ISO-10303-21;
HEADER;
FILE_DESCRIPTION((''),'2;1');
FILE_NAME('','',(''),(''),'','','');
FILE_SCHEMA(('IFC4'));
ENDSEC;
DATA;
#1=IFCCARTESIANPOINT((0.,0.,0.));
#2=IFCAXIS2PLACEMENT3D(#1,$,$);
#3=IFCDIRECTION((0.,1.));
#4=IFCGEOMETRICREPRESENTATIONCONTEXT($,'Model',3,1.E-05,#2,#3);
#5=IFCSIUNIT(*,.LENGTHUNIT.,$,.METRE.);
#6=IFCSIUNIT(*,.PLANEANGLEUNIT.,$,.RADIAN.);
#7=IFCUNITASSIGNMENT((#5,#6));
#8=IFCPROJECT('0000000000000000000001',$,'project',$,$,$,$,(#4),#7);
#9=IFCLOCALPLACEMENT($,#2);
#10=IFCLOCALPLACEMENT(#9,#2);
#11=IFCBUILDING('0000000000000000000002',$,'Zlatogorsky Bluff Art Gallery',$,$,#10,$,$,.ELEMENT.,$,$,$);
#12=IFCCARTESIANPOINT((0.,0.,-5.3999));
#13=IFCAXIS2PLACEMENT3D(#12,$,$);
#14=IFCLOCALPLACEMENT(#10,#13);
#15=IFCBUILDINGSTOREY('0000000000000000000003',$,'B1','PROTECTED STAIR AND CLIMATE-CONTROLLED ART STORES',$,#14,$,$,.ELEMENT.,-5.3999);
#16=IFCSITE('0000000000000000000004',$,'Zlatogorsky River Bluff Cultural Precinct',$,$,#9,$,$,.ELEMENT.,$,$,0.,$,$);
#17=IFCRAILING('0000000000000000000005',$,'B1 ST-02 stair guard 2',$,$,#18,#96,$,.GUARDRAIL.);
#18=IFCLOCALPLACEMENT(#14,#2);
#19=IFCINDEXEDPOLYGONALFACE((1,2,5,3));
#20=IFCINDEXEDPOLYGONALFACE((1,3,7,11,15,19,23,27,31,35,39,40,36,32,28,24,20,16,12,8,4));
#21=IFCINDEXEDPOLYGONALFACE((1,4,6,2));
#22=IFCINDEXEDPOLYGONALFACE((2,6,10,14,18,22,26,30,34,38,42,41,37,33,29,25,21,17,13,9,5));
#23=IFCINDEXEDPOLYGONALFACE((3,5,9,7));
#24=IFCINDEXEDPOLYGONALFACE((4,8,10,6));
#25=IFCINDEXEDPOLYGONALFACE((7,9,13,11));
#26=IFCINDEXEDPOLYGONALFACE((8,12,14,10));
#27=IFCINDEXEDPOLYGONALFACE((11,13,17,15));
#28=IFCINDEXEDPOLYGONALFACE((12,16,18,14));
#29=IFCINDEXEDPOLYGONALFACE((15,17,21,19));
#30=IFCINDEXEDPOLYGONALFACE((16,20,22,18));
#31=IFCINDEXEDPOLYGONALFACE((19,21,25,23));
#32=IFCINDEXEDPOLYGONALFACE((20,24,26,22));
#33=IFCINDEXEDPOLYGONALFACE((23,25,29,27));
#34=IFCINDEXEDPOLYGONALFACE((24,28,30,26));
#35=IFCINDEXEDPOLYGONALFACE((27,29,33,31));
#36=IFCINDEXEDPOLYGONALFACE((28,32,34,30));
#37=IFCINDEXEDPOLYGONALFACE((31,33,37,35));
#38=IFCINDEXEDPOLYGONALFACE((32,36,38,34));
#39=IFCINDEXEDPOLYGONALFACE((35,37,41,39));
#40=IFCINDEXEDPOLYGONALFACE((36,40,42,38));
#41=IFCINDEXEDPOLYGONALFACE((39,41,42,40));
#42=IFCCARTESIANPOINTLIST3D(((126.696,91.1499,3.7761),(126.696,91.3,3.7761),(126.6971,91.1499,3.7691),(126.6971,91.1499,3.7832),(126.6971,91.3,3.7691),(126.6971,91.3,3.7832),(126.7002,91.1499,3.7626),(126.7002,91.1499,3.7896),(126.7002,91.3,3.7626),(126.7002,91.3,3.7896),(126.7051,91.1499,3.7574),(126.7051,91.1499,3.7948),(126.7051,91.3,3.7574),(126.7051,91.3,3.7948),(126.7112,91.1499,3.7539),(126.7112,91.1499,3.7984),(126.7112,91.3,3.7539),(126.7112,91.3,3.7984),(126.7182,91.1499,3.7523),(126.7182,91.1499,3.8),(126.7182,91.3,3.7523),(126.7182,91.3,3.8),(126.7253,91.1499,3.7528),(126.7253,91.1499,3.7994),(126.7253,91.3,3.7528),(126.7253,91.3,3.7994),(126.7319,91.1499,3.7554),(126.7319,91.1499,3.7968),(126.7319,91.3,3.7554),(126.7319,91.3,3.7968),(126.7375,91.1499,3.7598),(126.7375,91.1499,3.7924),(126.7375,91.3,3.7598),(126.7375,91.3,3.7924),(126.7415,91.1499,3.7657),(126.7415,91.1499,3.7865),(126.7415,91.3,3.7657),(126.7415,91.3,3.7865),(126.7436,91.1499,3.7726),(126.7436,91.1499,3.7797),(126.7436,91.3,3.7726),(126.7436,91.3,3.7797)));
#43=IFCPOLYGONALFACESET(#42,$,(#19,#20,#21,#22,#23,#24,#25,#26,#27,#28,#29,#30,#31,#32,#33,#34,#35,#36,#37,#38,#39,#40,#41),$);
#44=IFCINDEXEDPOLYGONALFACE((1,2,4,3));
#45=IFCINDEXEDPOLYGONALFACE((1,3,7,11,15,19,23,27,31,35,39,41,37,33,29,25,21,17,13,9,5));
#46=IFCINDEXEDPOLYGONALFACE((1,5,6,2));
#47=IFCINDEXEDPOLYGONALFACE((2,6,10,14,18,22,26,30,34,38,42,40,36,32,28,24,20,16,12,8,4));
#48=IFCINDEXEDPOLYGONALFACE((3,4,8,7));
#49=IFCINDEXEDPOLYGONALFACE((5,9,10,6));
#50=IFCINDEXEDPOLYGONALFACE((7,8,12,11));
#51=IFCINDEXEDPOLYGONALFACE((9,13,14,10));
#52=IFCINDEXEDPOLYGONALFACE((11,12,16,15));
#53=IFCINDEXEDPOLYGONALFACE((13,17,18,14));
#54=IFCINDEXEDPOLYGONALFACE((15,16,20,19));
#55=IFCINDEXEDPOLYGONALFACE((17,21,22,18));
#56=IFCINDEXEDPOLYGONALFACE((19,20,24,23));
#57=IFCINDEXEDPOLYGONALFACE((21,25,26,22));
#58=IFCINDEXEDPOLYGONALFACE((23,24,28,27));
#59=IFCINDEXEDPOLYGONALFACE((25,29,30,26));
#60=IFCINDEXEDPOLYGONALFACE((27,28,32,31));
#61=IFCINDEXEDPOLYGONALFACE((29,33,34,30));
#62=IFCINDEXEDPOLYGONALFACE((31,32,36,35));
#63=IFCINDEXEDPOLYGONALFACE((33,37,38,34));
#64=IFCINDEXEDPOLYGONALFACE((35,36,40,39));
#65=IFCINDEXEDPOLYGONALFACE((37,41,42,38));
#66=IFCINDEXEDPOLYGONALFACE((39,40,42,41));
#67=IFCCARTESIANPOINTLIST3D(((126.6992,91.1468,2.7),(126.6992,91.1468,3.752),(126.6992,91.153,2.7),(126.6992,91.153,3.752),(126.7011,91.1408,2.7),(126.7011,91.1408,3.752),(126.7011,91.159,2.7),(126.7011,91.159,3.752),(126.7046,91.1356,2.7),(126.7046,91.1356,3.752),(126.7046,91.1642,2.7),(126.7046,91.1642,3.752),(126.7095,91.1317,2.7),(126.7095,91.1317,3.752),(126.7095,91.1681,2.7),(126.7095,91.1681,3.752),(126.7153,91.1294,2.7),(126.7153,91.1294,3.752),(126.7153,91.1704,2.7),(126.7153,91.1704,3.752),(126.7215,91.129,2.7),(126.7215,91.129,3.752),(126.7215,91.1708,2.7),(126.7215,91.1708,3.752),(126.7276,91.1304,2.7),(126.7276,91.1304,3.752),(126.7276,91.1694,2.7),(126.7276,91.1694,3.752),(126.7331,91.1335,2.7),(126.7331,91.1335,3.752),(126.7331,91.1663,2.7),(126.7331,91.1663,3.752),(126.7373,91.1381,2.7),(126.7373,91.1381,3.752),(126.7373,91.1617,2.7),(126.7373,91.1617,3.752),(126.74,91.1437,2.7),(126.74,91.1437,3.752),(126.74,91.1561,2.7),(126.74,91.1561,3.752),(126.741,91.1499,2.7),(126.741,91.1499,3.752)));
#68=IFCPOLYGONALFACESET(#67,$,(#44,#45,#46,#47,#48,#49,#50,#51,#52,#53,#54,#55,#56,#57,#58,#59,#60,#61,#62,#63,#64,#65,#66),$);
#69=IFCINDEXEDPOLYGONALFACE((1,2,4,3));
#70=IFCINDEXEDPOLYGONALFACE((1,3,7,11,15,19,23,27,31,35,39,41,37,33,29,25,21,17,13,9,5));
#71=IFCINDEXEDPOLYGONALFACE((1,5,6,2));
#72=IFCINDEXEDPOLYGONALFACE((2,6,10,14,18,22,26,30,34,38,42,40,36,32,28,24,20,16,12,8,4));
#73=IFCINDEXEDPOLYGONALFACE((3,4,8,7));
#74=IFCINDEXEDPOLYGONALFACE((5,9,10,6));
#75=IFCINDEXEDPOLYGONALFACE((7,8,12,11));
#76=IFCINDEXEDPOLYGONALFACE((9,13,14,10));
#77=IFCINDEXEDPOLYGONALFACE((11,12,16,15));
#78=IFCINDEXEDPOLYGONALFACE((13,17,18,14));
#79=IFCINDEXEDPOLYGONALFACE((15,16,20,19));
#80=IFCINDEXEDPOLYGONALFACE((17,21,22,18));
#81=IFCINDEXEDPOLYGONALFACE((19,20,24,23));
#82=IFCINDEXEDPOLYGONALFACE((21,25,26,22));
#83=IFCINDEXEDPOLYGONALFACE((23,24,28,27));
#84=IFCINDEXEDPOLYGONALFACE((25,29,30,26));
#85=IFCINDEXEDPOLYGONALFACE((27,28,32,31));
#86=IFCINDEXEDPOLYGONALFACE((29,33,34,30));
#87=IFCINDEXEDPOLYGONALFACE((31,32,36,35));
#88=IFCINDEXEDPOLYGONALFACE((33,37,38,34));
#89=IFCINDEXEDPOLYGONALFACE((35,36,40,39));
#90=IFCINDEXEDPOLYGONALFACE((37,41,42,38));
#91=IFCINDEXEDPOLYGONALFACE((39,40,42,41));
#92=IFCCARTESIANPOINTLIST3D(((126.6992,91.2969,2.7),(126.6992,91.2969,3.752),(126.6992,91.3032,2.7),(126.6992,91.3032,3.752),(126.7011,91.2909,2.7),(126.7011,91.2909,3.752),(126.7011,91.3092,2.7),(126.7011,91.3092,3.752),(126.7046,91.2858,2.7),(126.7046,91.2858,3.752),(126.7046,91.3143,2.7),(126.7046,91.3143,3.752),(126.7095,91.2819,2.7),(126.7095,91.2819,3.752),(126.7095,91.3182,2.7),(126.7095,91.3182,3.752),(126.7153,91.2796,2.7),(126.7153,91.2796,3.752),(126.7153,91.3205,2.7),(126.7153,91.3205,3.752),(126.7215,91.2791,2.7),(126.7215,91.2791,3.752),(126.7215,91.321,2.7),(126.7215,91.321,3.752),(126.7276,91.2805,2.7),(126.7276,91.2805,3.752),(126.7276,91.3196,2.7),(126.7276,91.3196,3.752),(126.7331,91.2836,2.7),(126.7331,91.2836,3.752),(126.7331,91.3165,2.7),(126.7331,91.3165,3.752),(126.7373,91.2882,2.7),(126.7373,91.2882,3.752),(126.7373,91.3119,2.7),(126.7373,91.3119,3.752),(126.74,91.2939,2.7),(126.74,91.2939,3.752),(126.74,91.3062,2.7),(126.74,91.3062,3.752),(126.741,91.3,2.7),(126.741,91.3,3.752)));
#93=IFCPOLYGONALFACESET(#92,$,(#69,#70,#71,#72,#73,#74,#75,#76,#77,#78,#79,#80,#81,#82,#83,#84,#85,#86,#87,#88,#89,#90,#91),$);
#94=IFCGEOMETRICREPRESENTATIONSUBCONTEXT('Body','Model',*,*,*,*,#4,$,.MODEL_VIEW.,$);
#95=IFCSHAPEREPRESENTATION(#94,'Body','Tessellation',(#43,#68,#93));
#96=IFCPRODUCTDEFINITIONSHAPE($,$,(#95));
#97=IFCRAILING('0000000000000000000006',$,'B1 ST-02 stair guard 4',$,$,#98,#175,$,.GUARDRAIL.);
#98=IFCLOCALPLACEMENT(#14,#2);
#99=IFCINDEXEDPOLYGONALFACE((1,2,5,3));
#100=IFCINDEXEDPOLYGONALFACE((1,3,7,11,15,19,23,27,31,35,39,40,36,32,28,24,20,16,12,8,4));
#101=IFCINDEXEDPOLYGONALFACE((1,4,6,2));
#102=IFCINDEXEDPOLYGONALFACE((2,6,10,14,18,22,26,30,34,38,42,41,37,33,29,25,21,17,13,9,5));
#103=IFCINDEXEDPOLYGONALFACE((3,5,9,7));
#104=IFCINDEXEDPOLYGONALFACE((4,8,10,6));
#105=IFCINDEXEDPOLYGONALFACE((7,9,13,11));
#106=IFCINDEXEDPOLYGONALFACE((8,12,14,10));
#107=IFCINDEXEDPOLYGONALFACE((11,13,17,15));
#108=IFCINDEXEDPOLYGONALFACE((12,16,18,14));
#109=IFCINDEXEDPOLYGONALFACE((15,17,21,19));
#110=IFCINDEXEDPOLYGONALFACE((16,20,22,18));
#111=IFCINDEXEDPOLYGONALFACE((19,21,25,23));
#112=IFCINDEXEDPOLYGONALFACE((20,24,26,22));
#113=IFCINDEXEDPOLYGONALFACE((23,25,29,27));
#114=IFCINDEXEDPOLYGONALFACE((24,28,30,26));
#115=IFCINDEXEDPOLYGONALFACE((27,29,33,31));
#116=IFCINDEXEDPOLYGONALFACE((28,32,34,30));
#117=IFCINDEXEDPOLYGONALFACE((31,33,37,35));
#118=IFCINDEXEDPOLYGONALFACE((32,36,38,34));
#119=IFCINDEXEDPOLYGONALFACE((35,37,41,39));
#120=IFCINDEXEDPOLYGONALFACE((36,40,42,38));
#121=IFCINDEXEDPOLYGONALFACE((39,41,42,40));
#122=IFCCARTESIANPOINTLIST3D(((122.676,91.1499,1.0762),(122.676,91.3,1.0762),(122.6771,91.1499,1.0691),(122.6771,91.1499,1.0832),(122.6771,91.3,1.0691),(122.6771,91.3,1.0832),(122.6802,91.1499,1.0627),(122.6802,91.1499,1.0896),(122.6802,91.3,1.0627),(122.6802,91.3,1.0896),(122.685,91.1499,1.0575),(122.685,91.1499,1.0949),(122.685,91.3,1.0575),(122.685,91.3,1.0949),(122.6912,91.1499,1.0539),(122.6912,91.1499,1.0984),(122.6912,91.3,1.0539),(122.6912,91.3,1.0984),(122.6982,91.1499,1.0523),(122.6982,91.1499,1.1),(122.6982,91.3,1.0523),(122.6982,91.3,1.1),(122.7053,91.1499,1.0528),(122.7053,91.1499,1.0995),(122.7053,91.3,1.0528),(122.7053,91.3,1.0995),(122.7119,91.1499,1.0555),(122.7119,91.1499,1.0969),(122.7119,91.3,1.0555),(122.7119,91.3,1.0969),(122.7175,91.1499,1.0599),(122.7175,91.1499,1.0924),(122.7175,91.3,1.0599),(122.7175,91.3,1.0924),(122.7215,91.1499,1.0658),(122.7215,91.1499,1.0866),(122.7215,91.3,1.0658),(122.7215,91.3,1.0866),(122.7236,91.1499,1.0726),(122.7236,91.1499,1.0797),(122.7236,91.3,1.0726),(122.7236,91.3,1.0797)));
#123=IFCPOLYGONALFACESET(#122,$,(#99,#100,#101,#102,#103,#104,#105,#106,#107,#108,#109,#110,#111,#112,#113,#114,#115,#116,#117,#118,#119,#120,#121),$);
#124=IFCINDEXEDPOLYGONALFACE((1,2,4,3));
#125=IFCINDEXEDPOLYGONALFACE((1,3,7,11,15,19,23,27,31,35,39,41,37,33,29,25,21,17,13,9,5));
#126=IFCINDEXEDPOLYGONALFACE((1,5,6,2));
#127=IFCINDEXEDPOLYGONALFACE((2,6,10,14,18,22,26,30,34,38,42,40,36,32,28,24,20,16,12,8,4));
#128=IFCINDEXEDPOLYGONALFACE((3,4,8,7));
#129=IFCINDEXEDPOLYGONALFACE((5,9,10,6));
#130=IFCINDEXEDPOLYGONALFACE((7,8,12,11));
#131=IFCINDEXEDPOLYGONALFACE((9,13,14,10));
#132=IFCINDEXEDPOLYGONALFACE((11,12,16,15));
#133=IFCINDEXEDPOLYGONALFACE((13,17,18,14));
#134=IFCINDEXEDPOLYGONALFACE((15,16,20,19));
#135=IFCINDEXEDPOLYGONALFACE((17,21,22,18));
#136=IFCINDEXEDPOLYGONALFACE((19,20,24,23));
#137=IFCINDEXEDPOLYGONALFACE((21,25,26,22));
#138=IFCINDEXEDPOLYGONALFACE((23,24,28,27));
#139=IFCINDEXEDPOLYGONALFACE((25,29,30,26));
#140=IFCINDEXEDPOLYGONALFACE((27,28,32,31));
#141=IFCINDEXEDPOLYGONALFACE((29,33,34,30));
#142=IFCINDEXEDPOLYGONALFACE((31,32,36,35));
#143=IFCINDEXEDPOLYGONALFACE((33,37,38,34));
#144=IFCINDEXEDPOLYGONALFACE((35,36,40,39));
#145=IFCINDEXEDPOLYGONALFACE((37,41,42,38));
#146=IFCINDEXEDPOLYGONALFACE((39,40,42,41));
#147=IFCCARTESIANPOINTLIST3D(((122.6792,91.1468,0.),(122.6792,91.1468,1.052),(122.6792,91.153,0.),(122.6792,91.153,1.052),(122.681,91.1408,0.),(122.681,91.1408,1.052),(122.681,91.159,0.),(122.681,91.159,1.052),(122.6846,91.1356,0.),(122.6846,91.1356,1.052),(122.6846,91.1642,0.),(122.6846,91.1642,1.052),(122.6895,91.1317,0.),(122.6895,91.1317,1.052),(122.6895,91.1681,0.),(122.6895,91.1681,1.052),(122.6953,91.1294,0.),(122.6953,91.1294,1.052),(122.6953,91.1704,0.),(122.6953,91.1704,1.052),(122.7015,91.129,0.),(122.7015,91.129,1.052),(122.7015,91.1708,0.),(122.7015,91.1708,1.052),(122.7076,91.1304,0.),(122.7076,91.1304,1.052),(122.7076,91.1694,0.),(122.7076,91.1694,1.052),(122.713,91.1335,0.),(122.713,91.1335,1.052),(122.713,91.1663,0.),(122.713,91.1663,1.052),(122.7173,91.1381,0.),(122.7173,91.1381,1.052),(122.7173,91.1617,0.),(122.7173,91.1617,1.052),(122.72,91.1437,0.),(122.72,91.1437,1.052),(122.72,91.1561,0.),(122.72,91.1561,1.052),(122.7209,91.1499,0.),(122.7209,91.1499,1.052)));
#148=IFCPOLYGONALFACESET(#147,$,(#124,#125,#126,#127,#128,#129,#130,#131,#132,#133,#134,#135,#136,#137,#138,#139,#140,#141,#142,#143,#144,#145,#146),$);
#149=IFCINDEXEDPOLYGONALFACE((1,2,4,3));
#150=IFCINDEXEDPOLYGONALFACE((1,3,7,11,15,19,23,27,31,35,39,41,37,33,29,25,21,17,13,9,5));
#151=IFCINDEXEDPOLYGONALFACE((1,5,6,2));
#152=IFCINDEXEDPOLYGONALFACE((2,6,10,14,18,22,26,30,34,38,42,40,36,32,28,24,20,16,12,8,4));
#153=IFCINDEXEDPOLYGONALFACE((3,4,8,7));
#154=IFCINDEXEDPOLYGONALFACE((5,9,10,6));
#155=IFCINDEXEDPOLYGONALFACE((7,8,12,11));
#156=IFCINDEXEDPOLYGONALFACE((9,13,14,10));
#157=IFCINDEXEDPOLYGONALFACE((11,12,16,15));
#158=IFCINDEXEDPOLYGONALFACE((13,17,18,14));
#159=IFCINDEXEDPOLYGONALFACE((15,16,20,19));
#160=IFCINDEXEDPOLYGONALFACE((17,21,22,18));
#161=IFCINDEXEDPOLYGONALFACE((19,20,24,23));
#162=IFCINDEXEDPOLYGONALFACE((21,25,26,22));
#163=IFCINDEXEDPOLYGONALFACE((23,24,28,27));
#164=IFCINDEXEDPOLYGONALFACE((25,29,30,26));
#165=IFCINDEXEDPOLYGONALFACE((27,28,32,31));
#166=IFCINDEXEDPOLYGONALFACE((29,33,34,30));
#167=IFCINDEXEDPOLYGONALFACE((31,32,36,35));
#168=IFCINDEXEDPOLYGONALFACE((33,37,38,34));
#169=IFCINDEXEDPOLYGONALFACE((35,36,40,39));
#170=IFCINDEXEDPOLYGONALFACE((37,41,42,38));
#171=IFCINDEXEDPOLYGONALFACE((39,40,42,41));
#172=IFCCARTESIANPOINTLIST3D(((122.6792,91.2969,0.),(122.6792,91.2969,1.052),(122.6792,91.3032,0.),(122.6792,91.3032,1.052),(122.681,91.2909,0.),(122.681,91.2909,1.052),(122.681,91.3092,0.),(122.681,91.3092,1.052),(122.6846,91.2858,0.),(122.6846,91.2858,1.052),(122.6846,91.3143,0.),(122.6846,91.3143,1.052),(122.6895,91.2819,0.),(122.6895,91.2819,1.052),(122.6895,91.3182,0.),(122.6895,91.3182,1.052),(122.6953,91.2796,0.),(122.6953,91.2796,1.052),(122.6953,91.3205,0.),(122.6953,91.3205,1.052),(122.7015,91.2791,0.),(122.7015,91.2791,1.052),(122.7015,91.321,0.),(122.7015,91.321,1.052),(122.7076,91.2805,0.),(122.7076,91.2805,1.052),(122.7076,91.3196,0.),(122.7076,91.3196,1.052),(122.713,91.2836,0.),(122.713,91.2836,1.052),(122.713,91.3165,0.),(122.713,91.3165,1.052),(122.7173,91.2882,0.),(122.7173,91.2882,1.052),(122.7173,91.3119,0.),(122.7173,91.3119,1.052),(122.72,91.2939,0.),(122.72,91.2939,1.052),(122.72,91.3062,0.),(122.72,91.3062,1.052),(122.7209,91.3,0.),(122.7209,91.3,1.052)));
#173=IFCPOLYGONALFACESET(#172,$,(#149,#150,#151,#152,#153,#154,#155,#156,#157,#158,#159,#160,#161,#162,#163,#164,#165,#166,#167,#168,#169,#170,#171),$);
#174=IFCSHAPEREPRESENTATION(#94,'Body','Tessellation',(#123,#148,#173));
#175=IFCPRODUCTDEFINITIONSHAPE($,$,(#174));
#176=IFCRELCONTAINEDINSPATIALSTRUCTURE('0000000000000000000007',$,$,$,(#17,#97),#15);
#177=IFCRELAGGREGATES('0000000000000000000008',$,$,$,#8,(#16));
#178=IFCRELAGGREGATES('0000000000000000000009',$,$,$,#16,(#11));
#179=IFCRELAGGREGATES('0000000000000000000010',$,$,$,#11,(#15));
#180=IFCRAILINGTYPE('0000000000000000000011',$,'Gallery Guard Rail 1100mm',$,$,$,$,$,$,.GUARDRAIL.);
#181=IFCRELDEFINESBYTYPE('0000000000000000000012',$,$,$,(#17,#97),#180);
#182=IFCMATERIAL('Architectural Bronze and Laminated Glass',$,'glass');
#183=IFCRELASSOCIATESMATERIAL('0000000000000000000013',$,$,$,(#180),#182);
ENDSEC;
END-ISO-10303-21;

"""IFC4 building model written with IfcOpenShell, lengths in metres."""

from ifc_helpers import new_model, si_unit, direction, frame, origin, origin_2d, place, context, subcontext, project, spatial, circle, extrude, material, type_object, element, save


model = new_model("IFC4")

# Units and contexts
model_context = context("Model", 3, precision=1e-05, world=origin(), true_north=direction((0.0, 1.0)))
body_context = subcontext(model_context, "Body", "Model", "MODEL_VIEW")
ifc_project = project(units=[si_unit("LENGTHUNIT", "METRE"), si_unit("PLANEANGLEUNIT", "RADIAN")], contexts=[model_context])

# Site, building, storey
site_placement = place(None, origin())
site = spatial("IfcSite", under=ifc_project, at=site_placement, Name="Zlatogorsky River Bluff Cultural Precinct", CompositionType="ELEMENT", RefElevation=0.0)
building_placement = place(site_placement, origin())
building = spatial("IfcBuilding", under=site, at=building_placement, Name="Zlatogorsky Bluff Art Gallery", CompositionType="ELEMENT")
storey_placement = place(building_placement, frame((0.0, 0.0, -5.3999)))
storey = spatial("IfcBuildingStorey", under=building, at=storey_placement, Name="B1", Description="PROTECTED STAIR AND CLIMATE-CONTROLLED ART STORES", CompositionType="ELEMENT", Elevation=-5.3999)

# Railings
ifc_material_1 = material(Name="Architectural Bronze and Laminated Glass", Category="glass")
railing_type_1 = type_object("IfcRailingType", Name="Gallery Guard Rail 1100mm", PredefinedType="GUARDRAIL", material=ifc_material_1)
for number, where, name in (
    (1, (126.72, 91.1499, 2.7), "B1 ST-02 stair guard 2"),
    (2, (122.7, 91.1499, 0.0), "B1 ST-02 stair guard 4"),
):
    element("IfcRailing", number, at=place(storey_placement, frame(where)), inside=storey, type_object=railing_type_1, Name=name, PredefinedType="GUARDRAIL", context=body_context, shape_type="SweptSolid", body=[
        extrude(circle(Radius=0.0239, at=origin_2d()), frame((0.0, 0.0, 1.0762), z_axis=(0.0, 1.0, 0.0), x_axis=(-1.0, 0.0, 0.0)), (0.0, 0.0, 1.0), 0.1501),
        extrude(circle(Radius=0.021, at=origin_2d()), origin(), (0.0, 0.0, 1.0), 1.052),
        extrude(circle(Radius=0.021, at=origin_2d()), frame((0.0, 0.1501, 0.0)), (0.0, 0.0, 1.0), 1.052),
    ])

save(model, "model.ifc")
